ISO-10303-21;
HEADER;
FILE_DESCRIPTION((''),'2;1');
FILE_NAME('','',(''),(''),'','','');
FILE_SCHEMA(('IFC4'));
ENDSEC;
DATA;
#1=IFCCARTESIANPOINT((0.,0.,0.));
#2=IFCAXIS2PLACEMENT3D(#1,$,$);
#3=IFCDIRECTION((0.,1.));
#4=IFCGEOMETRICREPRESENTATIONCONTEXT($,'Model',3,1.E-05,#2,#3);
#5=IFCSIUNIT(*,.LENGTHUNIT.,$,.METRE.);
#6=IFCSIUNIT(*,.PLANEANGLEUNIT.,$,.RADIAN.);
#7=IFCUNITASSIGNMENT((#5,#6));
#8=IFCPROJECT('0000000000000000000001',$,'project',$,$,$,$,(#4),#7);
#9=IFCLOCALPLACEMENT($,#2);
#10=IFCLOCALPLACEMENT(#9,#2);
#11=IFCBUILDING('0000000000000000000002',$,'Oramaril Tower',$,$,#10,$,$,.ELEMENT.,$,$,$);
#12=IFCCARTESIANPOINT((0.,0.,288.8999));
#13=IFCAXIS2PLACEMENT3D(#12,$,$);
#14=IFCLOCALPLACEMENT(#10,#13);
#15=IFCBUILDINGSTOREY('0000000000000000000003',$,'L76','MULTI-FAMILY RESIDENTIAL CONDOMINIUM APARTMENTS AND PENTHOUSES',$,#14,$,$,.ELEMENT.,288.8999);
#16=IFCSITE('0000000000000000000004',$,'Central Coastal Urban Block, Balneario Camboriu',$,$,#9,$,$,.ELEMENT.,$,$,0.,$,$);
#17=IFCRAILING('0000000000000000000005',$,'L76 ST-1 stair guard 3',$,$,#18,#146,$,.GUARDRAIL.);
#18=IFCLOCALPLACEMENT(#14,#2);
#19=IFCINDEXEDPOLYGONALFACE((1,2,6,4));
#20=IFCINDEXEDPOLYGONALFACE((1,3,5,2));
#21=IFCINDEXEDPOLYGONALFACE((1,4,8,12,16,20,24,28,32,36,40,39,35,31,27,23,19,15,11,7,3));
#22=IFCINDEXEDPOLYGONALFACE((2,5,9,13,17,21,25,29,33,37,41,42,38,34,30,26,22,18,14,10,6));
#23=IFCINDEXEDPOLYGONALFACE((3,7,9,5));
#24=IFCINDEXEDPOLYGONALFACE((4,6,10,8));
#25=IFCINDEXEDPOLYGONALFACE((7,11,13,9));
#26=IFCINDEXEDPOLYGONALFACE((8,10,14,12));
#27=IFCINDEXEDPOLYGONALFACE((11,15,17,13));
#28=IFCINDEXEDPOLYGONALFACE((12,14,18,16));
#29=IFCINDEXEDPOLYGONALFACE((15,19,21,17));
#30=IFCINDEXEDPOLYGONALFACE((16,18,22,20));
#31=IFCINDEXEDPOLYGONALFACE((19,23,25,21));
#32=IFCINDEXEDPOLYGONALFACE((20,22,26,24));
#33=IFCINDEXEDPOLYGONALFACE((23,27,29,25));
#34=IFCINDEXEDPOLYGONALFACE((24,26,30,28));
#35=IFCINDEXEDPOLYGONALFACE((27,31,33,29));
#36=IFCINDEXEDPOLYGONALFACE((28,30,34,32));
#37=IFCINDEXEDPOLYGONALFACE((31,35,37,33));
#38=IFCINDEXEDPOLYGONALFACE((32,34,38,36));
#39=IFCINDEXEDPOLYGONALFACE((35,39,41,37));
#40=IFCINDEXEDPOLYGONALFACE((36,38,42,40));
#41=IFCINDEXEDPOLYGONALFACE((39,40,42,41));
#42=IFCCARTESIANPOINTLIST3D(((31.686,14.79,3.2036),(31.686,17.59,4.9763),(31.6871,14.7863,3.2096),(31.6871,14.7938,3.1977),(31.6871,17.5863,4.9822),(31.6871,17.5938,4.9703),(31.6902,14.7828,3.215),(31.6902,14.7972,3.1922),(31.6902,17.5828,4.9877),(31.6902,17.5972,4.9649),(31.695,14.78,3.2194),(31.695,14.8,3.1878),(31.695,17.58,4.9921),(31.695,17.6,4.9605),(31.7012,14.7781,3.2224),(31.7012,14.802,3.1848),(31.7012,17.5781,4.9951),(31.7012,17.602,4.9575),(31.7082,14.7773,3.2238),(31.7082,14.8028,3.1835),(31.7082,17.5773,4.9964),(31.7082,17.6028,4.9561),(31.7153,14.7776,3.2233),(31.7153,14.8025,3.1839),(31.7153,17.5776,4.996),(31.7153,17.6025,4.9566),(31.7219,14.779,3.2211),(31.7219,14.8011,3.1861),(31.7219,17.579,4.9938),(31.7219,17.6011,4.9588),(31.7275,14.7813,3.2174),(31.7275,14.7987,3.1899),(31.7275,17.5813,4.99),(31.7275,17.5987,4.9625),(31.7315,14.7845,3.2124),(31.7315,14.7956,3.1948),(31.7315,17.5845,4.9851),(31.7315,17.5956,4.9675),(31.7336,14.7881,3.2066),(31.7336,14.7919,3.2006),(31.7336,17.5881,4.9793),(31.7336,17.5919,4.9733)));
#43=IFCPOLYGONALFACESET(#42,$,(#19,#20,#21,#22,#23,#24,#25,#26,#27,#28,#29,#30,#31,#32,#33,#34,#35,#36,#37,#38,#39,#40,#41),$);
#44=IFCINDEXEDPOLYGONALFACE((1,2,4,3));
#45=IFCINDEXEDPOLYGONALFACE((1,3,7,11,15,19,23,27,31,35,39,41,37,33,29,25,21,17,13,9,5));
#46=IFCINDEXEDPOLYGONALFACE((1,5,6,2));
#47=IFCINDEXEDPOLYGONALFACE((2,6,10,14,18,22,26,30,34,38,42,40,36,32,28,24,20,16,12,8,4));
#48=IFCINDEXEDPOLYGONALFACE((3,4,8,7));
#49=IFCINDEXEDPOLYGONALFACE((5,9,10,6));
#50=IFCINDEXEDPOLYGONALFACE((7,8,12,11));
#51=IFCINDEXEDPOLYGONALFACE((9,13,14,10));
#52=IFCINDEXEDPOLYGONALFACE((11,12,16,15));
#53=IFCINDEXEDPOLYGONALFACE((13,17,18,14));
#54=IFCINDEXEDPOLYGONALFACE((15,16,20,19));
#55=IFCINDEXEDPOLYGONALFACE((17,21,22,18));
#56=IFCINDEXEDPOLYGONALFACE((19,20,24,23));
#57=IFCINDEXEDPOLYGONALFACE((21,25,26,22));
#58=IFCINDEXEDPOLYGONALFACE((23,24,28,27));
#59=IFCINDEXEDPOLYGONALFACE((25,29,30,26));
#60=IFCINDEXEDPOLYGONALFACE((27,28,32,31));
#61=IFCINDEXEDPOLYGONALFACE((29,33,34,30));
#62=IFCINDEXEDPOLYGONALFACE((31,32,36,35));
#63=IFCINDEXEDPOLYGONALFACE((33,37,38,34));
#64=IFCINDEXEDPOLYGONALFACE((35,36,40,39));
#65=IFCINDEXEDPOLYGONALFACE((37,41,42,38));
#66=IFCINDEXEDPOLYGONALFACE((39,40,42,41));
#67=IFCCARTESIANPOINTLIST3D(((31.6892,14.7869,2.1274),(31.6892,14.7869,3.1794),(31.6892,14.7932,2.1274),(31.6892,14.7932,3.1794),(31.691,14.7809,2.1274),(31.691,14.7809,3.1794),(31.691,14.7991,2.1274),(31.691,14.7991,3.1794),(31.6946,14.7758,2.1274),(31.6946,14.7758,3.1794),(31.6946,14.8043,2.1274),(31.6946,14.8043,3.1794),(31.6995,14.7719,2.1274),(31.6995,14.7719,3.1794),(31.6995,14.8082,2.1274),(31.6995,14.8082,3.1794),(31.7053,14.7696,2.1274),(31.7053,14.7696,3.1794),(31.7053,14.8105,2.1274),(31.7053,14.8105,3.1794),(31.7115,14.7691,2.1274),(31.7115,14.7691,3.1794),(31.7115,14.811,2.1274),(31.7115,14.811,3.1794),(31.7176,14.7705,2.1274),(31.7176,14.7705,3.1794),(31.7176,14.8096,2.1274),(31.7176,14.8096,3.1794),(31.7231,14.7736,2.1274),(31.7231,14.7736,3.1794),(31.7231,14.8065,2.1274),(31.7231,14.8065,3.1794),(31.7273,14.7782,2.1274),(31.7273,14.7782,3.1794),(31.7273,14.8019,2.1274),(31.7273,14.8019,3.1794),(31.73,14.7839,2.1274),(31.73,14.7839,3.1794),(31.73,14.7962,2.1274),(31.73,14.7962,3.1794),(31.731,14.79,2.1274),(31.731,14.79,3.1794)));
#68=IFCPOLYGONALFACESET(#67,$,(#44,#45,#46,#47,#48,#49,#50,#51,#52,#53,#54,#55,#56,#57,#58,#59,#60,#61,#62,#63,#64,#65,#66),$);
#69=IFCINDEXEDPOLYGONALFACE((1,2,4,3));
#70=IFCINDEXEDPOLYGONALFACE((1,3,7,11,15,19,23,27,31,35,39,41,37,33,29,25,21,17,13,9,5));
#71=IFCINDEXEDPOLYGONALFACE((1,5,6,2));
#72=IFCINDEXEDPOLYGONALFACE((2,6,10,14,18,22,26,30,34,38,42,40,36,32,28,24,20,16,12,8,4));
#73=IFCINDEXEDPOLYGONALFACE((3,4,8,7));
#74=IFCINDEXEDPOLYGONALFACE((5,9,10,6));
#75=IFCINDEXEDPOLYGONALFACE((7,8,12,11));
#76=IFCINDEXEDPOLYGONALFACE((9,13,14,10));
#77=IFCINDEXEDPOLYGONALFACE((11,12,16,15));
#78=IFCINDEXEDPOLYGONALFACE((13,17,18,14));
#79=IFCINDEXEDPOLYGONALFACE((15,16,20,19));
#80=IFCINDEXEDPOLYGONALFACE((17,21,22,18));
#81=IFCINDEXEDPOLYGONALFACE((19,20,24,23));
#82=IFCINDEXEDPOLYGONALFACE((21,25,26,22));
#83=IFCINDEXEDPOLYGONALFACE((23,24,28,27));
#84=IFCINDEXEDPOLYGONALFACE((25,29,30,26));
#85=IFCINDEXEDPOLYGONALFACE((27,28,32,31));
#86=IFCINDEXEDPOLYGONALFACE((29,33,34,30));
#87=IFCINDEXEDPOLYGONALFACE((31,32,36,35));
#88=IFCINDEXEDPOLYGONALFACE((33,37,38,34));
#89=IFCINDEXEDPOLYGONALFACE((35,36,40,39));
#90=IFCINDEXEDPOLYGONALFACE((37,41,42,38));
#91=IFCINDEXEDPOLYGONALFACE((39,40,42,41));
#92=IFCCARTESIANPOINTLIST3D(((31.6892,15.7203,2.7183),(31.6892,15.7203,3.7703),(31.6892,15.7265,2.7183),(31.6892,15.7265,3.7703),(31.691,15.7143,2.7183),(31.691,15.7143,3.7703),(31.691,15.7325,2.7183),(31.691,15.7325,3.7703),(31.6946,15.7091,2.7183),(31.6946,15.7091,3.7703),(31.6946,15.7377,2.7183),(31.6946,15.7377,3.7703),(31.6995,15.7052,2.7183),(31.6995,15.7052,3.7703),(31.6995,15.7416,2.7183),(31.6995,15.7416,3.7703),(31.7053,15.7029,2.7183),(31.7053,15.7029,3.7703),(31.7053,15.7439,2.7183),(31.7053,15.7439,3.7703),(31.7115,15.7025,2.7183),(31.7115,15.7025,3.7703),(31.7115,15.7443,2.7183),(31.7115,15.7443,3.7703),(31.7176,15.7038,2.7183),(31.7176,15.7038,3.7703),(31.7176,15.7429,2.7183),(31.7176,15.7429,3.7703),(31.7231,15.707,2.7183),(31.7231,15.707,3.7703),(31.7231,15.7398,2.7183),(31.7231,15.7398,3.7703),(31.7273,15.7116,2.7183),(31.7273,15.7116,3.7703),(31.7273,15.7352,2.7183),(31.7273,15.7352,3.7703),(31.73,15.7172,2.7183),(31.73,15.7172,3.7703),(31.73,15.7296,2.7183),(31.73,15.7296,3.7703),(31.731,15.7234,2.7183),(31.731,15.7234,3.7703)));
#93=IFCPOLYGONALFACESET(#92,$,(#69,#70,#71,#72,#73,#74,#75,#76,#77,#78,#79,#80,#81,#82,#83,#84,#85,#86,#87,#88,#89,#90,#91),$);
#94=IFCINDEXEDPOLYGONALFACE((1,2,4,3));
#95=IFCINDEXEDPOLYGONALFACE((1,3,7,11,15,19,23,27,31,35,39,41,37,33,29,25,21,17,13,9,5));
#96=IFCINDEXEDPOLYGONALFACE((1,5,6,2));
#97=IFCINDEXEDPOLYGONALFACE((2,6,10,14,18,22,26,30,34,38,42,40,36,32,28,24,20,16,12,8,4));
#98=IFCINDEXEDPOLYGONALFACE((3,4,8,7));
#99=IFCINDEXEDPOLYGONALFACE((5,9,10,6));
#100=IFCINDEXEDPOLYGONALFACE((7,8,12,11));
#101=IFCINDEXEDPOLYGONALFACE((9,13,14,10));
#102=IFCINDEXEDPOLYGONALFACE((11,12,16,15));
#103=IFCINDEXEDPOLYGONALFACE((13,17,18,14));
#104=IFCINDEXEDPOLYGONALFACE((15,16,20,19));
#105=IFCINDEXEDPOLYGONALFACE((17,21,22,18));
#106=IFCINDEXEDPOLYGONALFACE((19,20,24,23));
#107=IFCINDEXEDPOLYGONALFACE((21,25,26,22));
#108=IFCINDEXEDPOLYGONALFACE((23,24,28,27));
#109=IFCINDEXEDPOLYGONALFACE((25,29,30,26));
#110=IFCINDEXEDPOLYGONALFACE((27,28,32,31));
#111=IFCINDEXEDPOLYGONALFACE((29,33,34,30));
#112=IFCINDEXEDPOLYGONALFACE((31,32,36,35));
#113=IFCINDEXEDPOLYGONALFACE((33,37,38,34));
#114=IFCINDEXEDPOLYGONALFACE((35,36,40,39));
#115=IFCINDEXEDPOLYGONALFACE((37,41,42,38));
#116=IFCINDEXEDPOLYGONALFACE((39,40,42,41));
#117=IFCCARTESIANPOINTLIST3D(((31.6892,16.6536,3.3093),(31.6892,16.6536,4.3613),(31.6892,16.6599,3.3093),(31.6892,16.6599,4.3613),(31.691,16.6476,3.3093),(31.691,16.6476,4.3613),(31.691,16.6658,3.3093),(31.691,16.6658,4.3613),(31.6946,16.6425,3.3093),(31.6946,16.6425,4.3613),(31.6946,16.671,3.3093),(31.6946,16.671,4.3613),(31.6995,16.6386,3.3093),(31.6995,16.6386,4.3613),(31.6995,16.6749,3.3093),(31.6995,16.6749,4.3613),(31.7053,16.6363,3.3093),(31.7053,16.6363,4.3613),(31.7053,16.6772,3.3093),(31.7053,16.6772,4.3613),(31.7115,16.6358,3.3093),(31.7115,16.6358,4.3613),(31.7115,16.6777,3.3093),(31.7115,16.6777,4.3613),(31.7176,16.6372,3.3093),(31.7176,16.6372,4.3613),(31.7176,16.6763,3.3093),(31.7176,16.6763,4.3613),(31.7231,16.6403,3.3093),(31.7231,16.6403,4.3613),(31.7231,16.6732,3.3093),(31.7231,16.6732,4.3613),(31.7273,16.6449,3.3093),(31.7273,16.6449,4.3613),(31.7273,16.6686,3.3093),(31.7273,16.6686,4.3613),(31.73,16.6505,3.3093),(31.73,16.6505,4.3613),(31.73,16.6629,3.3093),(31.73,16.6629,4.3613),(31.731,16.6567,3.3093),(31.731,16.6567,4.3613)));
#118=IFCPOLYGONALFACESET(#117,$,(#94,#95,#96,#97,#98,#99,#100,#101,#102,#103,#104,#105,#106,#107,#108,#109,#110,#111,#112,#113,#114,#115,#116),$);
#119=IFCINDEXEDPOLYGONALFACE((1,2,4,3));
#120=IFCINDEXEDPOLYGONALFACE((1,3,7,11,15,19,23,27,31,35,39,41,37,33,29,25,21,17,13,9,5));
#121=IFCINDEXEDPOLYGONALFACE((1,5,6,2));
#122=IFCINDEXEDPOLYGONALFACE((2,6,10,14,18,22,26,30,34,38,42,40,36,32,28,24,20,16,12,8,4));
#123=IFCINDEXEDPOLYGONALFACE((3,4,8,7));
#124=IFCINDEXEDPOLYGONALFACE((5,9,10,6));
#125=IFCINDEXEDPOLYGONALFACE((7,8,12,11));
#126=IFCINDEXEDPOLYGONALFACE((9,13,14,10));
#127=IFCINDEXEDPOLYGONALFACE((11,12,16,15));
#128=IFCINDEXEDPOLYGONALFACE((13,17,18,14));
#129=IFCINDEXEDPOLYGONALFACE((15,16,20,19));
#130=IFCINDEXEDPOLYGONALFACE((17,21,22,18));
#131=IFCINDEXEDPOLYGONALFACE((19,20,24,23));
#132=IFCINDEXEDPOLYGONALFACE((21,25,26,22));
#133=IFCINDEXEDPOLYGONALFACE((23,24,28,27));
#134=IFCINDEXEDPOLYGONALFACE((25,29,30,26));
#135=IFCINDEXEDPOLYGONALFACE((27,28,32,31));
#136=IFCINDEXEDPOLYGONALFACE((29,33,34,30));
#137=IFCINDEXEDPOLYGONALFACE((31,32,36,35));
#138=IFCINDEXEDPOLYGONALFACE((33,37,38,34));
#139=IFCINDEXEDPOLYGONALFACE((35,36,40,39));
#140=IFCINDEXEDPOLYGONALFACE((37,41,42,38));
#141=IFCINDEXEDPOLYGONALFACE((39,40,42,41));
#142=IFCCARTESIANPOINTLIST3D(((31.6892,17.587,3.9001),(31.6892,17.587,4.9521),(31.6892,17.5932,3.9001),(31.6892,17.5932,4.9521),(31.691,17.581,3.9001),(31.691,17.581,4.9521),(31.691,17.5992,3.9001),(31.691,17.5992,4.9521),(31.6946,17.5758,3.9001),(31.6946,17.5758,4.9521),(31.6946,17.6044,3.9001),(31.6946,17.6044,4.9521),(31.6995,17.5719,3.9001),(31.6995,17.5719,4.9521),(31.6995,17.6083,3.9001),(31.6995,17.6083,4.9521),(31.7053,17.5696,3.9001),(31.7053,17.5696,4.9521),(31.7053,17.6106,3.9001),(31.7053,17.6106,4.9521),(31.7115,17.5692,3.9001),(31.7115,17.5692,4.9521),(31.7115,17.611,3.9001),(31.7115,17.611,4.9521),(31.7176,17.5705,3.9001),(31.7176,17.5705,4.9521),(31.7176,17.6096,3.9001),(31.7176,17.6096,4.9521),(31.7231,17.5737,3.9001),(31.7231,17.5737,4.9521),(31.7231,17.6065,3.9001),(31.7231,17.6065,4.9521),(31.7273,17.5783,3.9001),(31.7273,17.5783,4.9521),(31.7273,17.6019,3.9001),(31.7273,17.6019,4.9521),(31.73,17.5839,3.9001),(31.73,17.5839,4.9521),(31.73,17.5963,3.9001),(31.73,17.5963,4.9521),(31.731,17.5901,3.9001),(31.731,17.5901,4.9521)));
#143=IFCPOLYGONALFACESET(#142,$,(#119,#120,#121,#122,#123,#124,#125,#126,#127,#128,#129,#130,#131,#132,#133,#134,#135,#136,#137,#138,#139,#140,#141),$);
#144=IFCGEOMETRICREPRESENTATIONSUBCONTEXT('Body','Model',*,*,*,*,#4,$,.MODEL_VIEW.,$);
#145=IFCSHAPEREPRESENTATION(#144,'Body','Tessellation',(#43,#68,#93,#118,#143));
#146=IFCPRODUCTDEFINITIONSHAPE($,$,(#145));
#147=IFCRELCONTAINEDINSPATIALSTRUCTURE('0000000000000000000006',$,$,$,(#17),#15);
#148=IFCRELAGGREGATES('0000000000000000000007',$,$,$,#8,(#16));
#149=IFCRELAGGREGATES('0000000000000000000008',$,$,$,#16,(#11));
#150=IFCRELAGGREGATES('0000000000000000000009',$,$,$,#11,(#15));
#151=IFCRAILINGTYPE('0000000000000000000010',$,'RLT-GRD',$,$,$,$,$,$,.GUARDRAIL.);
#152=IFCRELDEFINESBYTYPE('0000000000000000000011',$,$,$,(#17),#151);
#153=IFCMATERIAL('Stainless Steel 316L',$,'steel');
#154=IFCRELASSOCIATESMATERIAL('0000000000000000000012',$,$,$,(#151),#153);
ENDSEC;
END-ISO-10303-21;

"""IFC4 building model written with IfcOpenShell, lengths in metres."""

from ifc_helpers import new_model, si_unit, direction, frame, origin, origin_2d, place, context, subcontext, project, spatial, circle, extrude, material, type_object, element, save


model = new_model("IFC4")

# Units and contexts
model_context = context("Model", 3, precision=1e-05, world=origin(), true_north=direction((0.0, 1.0)))
body_context = subcontext(model_context, "Body", "Model", "MODEL_VIEW")
ifc_project = project(units=[si_unit("LENGTHUNIT", "METRE"), si_unit("PLANEANGLEUNIT", "RADIAN")], contexts=[model_context])

# Site, building, storey
site_placement = place(None, origin())
site = spatial("IfcSite", under=ifc_project, at=site_placement, Name="Central Coastal Urban Block, Balneario Camboriu", CompositionType="ELEMENT", RefElevation=0.0)
building_placement = place(site_placement, origin())
building = spatial("IfcBuilding", under=site, at=building_placement, Name="Oramaril Tower", CompositionType="ELEMENT")
storey_placement = place(building_placement, frame((0.0, 0.0, 288.8999)))
storey = spatial("IfcBuildingStorey", under=building, at=storey_placement, Name="L76", Description="MULTI-FAMILY RESIDENTIAL CONDOMINIUM APARTMENTS AND PENTHOUSES", CompositionType="ELEMENT", Elevation=288.8999)

# Railing
ifc_material_1 = material(Name="Stainless Steel 316L", Category="steel")
railing_type_1 = type_object("IfcRailingType", Name="RLT-GRD", PredefinedType="GUARDRAIL", material=ifc_material_1)
railing_1_placement = place(storey_placement, frame((31.71, 14.79, 2.1274)))
element("IfcRailing", 1, at=railing_1_placement, inside=storey, type_object=railing_type_1, Name="L76 ST-1 stair guard 3", PredefinedType="GUARDRAIL", context=body_context, shape_type="SweptSolid", body=[
    extrude(circle(Radius=0.0239, at=origin_2d()), frame((0.0, 0.0, 1.0762), z_axis=(0.0, 0.844909, 0.53491), x_axis=(-1.0, 0.0, 0.0)), (0.0, 0.0, 1.0), 3.314),
    extrude(circle(Radius=0.021, at=origin_2d()), origin(), (0.0, 0.0, 1.0), 1.052),
    extrude(circle(Radius=0.021, at=origin_2d()), frame((0.0, 0.9333, 0.5908)), (0.0, 0.0, 1.0), 1.052),
    extrude(circle(Radius=0.021, at=origin_2d()), frame((0.0, 1.8667, 1.1819)), (0.0, 0.0, 1.0), 1.052),
    extrude(circle(Radius=0.021, at=origin_2d()), frame((0.0, 2.8, 1.7727)), (0.0, 0.0, 1.0), 1.052),
])

save(model, "model.ifc")
